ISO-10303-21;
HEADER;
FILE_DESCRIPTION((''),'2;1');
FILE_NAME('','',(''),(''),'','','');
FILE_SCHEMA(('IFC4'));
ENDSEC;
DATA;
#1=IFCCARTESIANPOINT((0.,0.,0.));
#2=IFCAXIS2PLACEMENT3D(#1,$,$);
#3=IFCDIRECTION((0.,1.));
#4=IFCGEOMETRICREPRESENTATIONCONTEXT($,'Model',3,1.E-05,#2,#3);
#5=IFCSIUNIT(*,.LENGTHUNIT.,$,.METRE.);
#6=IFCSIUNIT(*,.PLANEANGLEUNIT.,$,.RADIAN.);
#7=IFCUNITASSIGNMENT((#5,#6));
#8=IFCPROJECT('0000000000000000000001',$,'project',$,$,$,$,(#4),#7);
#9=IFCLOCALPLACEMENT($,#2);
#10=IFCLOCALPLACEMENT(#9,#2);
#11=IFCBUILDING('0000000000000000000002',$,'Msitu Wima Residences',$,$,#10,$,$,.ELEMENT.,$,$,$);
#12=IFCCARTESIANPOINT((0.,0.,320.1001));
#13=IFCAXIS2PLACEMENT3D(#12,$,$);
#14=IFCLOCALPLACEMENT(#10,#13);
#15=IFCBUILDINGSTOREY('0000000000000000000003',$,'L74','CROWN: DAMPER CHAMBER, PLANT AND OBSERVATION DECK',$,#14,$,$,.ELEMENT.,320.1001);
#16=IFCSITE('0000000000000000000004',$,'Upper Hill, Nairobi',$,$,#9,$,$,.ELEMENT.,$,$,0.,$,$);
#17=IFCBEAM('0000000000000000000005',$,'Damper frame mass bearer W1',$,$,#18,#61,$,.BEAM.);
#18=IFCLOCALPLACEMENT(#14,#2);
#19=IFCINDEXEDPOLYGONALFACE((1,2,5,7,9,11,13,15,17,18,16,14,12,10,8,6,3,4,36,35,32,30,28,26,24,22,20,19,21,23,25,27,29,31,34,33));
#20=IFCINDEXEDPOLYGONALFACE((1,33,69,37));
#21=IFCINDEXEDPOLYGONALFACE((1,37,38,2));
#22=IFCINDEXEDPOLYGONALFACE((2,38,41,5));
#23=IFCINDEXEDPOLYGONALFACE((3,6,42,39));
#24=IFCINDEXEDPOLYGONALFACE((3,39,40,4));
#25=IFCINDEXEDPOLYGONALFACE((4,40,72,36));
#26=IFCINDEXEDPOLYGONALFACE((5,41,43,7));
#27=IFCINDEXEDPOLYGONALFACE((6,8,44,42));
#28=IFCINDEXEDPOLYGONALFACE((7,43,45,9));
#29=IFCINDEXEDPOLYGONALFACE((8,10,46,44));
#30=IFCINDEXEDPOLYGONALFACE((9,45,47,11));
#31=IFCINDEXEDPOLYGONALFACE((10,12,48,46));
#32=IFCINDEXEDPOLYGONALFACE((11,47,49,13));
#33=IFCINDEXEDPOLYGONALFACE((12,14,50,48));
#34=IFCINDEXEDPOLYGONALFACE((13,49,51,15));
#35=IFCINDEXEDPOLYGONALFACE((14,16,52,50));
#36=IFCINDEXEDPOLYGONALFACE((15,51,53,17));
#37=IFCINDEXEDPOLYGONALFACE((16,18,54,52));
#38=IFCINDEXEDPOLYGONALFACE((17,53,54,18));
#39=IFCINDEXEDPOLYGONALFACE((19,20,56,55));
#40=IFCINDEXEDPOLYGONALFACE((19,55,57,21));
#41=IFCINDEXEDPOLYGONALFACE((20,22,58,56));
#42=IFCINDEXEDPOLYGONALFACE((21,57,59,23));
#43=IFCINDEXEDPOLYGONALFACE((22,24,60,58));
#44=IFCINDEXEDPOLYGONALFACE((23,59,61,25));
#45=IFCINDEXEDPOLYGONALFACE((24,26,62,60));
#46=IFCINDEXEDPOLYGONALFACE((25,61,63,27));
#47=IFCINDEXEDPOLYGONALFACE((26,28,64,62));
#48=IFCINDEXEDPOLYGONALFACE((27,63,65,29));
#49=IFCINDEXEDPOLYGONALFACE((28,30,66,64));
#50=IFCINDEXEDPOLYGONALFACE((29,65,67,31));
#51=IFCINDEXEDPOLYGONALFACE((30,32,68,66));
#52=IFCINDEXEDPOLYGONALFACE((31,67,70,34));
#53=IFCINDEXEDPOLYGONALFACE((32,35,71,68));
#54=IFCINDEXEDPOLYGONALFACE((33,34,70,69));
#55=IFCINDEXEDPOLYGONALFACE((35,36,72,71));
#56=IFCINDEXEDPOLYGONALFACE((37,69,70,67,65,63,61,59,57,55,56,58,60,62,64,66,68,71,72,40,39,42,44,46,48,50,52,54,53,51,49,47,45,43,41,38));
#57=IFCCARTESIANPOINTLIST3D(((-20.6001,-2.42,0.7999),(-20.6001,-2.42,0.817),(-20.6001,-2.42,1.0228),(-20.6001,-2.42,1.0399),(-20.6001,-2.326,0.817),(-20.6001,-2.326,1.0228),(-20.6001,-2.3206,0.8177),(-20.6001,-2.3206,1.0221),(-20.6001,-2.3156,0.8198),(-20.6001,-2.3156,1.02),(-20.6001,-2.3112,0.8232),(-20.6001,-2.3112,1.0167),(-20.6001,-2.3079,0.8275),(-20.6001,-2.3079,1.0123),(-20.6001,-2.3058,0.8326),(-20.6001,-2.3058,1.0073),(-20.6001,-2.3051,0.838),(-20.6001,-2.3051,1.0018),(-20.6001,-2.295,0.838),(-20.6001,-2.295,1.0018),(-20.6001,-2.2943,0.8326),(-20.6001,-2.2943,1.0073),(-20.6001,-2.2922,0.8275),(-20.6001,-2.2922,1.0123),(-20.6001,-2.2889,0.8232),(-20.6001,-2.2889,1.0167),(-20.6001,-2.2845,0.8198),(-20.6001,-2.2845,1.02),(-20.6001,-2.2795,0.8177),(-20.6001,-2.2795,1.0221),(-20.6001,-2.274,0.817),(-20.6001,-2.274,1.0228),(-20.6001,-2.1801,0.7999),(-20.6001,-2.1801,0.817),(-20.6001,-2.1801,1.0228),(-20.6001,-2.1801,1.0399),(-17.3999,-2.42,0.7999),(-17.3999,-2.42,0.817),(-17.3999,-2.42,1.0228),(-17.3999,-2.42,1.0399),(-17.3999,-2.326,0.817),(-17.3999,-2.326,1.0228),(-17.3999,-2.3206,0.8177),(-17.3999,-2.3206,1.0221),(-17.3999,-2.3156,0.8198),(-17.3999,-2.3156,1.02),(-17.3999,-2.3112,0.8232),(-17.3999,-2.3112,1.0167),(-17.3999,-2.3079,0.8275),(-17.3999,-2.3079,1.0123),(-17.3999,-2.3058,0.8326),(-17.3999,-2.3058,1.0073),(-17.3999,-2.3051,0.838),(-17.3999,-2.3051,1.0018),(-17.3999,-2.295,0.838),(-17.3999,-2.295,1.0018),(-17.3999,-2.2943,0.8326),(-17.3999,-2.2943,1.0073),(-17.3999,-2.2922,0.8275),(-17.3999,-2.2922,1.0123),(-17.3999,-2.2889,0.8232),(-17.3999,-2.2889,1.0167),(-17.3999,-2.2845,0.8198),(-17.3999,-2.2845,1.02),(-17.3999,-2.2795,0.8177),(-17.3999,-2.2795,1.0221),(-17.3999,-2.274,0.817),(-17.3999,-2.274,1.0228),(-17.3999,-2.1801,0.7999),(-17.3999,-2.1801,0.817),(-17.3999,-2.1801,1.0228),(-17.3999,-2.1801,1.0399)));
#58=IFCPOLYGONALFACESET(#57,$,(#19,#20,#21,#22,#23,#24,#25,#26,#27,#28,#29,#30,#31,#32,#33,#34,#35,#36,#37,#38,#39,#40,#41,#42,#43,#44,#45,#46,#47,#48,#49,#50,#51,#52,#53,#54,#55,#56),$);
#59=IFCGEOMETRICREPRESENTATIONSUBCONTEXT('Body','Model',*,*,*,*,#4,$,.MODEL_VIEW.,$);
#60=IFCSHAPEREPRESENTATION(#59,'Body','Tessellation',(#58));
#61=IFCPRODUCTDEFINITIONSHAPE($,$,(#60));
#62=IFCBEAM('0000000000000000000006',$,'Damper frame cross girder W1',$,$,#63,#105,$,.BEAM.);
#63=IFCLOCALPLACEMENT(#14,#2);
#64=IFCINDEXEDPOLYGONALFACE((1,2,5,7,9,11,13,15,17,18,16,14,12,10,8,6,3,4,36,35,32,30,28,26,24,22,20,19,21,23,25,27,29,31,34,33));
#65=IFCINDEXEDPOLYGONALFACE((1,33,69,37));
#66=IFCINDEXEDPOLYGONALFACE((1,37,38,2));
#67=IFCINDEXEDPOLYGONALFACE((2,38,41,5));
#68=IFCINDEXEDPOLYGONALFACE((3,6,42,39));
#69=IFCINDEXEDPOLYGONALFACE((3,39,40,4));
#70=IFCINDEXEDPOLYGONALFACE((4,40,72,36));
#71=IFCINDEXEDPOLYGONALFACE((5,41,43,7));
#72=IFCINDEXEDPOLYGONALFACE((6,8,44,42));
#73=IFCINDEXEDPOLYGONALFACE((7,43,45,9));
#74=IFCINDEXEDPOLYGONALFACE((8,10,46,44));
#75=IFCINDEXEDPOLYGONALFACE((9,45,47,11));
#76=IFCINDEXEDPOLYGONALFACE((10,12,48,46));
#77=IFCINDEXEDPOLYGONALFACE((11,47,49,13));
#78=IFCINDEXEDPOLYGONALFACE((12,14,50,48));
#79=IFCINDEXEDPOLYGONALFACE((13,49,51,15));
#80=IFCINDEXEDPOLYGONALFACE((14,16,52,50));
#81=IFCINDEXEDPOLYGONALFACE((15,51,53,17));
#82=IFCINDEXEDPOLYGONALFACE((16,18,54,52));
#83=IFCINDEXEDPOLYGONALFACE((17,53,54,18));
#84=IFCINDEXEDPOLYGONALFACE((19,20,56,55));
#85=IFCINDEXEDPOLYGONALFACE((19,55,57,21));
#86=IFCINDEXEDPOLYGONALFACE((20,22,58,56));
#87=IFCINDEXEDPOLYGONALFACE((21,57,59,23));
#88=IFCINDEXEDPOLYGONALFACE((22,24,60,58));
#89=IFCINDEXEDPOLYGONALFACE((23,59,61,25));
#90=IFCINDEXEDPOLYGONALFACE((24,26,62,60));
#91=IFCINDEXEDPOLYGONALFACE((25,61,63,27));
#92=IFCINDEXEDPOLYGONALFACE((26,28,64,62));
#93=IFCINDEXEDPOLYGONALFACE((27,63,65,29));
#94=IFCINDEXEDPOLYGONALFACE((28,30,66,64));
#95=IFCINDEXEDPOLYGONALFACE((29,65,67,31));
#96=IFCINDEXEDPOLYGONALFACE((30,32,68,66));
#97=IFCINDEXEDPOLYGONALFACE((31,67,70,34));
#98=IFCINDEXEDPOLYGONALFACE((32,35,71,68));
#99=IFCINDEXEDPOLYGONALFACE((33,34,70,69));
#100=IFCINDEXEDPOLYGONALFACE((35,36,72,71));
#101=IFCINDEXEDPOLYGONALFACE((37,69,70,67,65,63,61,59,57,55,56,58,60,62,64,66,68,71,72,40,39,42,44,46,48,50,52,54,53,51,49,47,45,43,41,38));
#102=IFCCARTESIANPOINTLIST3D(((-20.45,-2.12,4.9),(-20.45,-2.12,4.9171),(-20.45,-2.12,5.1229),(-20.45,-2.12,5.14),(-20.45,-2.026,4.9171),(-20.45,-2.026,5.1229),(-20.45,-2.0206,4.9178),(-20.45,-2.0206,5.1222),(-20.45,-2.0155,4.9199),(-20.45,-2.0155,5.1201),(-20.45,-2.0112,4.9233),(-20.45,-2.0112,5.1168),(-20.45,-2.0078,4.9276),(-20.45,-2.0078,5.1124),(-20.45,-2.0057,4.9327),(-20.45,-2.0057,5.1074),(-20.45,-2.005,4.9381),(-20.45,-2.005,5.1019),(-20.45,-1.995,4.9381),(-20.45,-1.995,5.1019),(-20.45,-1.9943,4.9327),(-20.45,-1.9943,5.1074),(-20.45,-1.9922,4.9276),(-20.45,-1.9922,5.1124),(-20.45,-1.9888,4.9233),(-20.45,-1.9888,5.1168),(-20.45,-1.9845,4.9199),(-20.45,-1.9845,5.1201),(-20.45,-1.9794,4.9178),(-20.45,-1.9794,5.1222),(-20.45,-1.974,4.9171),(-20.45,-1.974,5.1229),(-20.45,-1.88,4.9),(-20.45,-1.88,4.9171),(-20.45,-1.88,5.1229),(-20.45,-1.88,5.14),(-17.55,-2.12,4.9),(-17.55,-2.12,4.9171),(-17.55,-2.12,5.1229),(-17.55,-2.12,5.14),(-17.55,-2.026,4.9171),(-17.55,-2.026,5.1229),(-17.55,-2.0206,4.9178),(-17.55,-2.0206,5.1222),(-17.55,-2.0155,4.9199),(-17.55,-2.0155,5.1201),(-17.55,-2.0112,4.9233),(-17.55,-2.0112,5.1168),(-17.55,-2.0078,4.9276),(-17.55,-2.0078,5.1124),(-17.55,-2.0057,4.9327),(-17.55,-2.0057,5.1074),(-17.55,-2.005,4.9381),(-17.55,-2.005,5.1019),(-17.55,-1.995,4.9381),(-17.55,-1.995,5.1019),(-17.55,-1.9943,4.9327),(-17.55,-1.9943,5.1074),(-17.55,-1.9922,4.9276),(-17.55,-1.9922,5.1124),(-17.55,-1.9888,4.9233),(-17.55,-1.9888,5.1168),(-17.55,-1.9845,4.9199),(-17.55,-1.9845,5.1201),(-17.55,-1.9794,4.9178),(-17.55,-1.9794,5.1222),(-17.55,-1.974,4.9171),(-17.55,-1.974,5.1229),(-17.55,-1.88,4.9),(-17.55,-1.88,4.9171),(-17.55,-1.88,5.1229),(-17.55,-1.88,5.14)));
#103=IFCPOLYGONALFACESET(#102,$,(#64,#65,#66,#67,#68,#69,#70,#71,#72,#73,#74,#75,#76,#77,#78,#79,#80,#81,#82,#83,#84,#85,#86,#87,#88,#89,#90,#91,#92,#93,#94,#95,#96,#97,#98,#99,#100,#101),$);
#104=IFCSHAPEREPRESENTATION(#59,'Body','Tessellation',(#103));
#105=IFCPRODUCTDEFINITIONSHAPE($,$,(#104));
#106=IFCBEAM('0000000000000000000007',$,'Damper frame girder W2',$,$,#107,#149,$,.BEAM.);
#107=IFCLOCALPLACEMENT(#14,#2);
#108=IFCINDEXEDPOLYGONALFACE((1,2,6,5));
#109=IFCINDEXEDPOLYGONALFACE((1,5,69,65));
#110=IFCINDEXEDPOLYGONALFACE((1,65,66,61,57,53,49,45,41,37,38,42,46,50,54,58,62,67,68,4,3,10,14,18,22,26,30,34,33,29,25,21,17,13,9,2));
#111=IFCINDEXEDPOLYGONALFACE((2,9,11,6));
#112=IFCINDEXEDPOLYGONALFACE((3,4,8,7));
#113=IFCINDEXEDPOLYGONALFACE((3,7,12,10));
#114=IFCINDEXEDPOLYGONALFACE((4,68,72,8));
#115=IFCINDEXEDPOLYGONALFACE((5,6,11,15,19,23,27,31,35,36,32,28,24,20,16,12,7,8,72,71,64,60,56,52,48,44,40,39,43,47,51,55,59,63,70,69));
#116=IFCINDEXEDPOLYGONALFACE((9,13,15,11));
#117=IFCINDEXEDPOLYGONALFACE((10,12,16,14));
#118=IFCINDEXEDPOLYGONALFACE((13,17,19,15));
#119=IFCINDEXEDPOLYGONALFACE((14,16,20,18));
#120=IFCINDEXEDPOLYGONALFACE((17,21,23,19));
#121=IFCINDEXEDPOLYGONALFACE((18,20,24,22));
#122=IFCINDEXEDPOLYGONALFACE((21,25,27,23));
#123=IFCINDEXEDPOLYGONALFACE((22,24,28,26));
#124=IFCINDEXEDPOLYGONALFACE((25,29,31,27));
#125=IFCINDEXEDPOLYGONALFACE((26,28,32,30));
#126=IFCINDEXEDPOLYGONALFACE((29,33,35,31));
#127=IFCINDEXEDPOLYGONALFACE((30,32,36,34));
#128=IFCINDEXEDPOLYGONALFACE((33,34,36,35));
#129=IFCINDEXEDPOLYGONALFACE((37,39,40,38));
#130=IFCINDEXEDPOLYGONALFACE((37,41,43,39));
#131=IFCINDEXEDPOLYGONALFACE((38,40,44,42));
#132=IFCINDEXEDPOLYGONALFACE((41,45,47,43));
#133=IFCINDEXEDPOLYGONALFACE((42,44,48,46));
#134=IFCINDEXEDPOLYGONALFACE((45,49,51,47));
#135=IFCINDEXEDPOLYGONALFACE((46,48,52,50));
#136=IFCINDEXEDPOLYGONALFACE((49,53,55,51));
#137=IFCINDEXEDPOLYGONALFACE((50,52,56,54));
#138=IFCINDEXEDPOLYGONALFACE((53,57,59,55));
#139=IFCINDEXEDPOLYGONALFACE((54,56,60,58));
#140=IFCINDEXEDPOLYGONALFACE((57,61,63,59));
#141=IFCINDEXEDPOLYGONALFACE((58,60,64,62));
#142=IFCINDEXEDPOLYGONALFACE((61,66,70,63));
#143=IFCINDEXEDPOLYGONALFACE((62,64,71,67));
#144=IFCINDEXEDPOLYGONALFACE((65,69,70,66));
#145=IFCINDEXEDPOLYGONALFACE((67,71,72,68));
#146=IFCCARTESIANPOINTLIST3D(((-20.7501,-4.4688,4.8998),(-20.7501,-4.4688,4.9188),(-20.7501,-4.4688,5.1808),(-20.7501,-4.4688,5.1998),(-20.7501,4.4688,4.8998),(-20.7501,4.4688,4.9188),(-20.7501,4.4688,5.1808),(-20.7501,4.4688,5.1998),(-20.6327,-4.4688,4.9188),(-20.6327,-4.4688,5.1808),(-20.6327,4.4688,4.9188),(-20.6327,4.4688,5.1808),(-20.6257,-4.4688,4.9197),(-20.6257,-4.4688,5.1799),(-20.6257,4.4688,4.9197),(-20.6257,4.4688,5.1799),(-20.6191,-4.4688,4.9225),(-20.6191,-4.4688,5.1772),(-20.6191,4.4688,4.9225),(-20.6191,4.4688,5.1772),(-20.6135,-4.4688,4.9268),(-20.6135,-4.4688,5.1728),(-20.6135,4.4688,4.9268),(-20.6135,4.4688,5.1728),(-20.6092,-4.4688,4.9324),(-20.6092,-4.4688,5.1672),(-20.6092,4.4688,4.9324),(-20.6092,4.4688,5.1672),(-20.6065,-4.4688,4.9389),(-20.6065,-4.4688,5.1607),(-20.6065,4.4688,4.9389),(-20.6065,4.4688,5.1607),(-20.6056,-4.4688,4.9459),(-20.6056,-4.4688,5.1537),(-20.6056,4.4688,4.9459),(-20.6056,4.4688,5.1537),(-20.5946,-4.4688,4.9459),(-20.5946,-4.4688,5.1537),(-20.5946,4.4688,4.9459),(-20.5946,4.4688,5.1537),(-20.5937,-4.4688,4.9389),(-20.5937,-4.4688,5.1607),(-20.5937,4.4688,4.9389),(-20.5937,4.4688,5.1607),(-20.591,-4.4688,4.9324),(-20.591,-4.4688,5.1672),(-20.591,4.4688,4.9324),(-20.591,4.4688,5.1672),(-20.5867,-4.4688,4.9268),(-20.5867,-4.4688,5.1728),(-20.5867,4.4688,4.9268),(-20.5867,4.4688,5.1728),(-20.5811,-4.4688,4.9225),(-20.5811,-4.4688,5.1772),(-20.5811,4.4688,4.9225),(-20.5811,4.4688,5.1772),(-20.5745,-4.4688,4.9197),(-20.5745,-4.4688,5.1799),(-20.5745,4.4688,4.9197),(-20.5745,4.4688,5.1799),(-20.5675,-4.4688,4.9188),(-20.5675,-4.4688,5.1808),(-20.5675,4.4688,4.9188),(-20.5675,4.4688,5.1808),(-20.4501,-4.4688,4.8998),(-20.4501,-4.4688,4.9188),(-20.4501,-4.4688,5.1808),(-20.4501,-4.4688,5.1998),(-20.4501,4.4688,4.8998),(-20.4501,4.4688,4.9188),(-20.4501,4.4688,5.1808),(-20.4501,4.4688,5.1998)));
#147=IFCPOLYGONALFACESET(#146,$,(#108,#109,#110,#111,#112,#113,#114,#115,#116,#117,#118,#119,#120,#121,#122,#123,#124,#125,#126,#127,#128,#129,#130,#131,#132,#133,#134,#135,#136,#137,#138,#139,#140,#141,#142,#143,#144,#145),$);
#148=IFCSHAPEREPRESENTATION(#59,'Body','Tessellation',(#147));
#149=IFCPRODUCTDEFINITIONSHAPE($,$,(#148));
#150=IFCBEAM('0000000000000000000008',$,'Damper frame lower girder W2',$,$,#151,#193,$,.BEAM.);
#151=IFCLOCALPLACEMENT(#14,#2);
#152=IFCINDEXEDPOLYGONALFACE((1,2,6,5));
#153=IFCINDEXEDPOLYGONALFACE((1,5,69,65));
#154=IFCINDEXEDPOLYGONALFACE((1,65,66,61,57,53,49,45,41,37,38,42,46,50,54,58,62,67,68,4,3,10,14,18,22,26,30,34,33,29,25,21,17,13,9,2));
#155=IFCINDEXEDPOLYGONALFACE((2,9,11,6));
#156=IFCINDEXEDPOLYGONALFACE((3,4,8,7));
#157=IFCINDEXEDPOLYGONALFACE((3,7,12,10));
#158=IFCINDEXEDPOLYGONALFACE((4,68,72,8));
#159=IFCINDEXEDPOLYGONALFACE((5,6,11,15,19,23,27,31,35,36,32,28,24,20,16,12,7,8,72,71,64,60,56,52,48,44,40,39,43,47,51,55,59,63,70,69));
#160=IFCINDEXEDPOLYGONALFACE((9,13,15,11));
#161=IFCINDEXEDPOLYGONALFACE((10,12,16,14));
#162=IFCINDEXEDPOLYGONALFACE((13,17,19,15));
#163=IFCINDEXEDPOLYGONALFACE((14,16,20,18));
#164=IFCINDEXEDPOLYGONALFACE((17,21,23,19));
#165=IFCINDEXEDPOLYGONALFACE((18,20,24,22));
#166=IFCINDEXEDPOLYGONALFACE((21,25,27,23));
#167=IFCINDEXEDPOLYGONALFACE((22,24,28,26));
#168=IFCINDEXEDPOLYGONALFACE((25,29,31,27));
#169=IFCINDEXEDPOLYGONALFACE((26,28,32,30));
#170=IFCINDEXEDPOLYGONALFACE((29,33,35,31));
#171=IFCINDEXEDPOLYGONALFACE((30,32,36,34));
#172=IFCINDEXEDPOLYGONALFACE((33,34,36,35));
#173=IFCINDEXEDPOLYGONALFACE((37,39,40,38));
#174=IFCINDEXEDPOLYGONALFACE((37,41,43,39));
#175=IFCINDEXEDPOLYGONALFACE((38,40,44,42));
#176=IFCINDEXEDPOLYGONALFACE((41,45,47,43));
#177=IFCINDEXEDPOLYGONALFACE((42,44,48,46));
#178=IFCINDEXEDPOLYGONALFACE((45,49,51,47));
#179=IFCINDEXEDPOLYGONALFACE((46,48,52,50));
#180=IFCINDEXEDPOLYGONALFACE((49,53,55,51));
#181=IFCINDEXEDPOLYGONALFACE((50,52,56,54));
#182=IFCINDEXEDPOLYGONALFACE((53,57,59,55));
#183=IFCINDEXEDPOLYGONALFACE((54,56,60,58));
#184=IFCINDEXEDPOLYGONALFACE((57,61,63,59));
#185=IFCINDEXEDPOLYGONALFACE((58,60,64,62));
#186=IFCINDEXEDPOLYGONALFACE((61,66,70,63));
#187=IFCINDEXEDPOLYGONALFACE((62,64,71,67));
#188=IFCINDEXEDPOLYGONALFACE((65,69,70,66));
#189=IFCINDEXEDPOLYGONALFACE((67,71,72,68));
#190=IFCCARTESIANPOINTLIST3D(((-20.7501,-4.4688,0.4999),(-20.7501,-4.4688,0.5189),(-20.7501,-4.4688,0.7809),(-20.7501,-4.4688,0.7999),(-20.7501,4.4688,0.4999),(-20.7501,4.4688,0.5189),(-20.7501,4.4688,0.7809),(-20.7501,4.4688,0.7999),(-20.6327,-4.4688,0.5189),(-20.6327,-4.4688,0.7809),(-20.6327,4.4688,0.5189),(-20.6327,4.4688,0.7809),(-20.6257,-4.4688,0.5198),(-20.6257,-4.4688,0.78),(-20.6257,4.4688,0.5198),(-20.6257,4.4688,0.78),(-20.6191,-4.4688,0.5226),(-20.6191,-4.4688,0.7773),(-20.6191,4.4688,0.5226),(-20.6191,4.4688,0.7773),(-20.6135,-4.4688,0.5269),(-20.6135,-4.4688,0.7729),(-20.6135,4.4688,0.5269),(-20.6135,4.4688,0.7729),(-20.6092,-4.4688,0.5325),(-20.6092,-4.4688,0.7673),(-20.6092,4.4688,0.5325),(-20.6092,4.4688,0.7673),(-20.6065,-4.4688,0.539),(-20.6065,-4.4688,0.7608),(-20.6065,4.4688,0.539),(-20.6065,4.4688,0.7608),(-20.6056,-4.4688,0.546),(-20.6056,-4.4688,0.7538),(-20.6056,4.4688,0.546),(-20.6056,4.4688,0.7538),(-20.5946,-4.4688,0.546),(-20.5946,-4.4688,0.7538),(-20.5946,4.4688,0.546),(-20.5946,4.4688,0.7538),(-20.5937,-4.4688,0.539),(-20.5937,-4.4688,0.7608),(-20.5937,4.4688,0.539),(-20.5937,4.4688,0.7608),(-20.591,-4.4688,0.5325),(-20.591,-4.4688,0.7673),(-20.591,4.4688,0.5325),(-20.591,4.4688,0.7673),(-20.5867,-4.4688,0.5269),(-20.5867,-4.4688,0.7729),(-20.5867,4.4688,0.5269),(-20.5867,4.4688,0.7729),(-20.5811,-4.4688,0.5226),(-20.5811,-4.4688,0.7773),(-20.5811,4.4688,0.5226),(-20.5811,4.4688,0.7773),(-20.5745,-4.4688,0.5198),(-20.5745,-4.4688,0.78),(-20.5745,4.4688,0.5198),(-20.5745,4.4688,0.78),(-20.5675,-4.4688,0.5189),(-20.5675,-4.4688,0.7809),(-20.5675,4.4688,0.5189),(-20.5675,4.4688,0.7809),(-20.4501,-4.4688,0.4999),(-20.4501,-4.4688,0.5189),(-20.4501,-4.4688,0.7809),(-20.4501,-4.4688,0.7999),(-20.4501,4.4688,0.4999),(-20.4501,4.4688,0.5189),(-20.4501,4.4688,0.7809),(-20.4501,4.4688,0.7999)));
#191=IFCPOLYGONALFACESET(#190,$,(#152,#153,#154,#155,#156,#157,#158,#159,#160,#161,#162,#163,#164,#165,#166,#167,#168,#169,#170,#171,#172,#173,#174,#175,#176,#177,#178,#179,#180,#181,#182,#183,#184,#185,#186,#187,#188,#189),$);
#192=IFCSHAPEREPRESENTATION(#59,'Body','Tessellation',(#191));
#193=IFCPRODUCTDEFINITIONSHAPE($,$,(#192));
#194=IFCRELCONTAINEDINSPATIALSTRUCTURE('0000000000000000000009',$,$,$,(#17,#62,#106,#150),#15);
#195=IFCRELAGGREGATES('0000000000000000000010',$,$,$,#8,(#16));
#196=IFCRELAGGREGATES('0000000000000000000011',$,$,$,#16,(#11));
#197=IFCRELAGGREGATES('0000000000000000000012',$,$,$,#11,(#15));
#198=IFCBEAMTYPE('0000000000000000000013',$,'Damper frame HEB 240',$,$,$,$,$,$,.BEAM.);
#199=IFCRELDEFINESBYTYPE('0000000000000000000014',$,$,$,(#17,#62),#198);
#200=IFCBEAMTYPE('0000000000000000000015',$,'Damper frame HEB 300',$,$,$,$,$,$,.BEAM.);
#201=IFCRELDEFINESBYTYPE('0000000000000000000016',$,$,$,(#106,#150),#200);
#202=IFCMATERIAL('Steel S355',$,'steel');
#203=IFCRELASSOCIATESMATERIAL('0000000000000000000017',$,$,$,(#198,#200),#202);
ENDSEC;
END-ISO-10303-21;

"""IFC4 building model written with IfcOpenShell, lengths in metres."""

from ifc_helpers import new_model, si_unit, direction, frame, origin, origin_2d, place, context, subcontext, project, spatial, i_section, extrude, material, material_profile, profile_set, type_object, element, save


model = new_model("IFC4")

# Units and contexts
model_context = context("Model", 3, precision=1e-05, world=origin(), true_north=direction((0.0, 1.0)))
body_context = subcontext(model_context, "Body", "Model", "MODEL_VIEW")
ifc_project = project(units=[si_unit("LENGTHUNIT", "METRE"), si_unit("PLANEANGLEUNIT", "RADIAN")], contexts=[model_context])

# Site, building, storey
site_placement = place(None, origin())
site = spatial("IfcSite", under=ifc_project, at=site_placement, Name="Upper Hill, Nairobi", CompositionType="ELEMENT", RefElevation=0.0)
building_placement = place(site_placement, origin())
building = spatial("IfcBuilding", under=site, at=building_placement, Name="Msitu Wima Residences", CompositionType="ELEMENT")
storey_placement = place(building_placement, frame((0.0, 0.0, 320.1001)))
storey = spatial("IfcBuildingStorey", under=building, at=storey_placement, Name="L74", Description="CROWN: DAMPER CHAMBER, PLANT AND OBSERVATION DECK", CompositionType="ELEMENT", Elevation=320.1001)

# Shared definitions
ifc_material_1 = material(Name="Steel S355", Category="steel")

# Beams
ifc_material_profile_1 = material_profile(ifc_material_1, i_section(OverallWidth=0.24, OverallDepth=0.24, WebThickness=0.01, FlangeThickness=0.0171, FilletRadius=0.021, at=origin_2d()), Name="HEB 240")
ifc_profile_set_1 = profile_set([ifc_material_profile_1], Name="Steel S355")
beam_type_1 = type_object("IfcBeamType", Name="Damper frame HEB 240", PredefinedType="BEAM", material=ifc_profile_set_1)
beam_1_placement = place(storey_placement, frame((-20.6001, -2.3, 0.9199), z_axis=(1.0, 0.0, 0.0), x_axis=(0.0, 1.0, 0.0)))
element("IfcBeam", 1, at=beam_1_placement, inside=storey, type_object=beam_type_1, Name="Damper frame mass bearer W1", PredefinedType="BEAM", context=body_context, shape_type="SweptSolid", body=[
    extrude(i_section(OverallWidth=0.24, OverallDepth=0.24, WebThickness=0.01, FlangeThickness=0.0171, FilletRadius=0.021, at=origin_2d()), origin(), (0.0, 0.0, 1.0), 3.2002),
])
beam_2_placement = place(storey_placement, frame((-20.45, -2.0, 5.02), z_axis=(1.0, 0.0, 0.0), x_axis=(0.0, 1.0, 0.0)))
element("IfcBeam", 2, at=beam_2_placement, inside=storey, type_object=beam_type_1, Name="Damper frame cross girder W1", PredefinedType="BEAM", context=body_context, shape_type="SweptSolid", body=[
    extrude(i_section(OverallWidth=0.24, OverallDepth=0.24, WebThickness=0.01, FlangeThickness=0.0171, FilletRadius=0.021, at=origin_2d()), origin(), (0.0, 0.0, 1.0), 2.8999),
])
ifc_material_profile_2 = material_profile(ifc_material_1, i_section(OverallWidth=0.3, OverallDepth=0.3, WebThickness=0.011, FlangeThickness=0.019, FilletRadius=0.0271, at=origin_2d()), Name="HEB 300")
ifc_profile_set_2 = profile_set([ifc_material_profile_2], Name="Steel S355")
beam_type_2 = type_object("IfcBeamType", Name="Damper frame HEB 300", PredefinedType="BEAM", material=ifc_profile_set_2)
for number, where, z_axis, x_axis, name in (
    (3, (-20.6001, -4.4688, 5.0498), (0.0, 1.0, 0.0), (-1.0, 0.0, 0.0), "Damper frame girder W2"),
    (4, (-20.6001, -4.4688, 0.6499), (0.0, 1.0, 0.0), (-1.0, 0.0, 0.0), "Damper frame lower girder W2"),
):
    element("IfcBeam", number, at=place(storey_placement, frame(where, z_axis=z_axis, x_axis=x_axis)), inside=storey, type_object=beam_type_2, Name=name, PredefinedType="BEAM", context=body_context, shape_type="SweptSolid", body=[
        extrude(i_section(OverallWidth=0.3, OverallDepth=0.3, WebThickness=0.011, FlangeThickness=0.019, FilletRadius=0.0271, at=origin_2d()), origin(), (0.0, 0.0, 1.0), 8.9375),
    ])

save(model, "model.ifc")
